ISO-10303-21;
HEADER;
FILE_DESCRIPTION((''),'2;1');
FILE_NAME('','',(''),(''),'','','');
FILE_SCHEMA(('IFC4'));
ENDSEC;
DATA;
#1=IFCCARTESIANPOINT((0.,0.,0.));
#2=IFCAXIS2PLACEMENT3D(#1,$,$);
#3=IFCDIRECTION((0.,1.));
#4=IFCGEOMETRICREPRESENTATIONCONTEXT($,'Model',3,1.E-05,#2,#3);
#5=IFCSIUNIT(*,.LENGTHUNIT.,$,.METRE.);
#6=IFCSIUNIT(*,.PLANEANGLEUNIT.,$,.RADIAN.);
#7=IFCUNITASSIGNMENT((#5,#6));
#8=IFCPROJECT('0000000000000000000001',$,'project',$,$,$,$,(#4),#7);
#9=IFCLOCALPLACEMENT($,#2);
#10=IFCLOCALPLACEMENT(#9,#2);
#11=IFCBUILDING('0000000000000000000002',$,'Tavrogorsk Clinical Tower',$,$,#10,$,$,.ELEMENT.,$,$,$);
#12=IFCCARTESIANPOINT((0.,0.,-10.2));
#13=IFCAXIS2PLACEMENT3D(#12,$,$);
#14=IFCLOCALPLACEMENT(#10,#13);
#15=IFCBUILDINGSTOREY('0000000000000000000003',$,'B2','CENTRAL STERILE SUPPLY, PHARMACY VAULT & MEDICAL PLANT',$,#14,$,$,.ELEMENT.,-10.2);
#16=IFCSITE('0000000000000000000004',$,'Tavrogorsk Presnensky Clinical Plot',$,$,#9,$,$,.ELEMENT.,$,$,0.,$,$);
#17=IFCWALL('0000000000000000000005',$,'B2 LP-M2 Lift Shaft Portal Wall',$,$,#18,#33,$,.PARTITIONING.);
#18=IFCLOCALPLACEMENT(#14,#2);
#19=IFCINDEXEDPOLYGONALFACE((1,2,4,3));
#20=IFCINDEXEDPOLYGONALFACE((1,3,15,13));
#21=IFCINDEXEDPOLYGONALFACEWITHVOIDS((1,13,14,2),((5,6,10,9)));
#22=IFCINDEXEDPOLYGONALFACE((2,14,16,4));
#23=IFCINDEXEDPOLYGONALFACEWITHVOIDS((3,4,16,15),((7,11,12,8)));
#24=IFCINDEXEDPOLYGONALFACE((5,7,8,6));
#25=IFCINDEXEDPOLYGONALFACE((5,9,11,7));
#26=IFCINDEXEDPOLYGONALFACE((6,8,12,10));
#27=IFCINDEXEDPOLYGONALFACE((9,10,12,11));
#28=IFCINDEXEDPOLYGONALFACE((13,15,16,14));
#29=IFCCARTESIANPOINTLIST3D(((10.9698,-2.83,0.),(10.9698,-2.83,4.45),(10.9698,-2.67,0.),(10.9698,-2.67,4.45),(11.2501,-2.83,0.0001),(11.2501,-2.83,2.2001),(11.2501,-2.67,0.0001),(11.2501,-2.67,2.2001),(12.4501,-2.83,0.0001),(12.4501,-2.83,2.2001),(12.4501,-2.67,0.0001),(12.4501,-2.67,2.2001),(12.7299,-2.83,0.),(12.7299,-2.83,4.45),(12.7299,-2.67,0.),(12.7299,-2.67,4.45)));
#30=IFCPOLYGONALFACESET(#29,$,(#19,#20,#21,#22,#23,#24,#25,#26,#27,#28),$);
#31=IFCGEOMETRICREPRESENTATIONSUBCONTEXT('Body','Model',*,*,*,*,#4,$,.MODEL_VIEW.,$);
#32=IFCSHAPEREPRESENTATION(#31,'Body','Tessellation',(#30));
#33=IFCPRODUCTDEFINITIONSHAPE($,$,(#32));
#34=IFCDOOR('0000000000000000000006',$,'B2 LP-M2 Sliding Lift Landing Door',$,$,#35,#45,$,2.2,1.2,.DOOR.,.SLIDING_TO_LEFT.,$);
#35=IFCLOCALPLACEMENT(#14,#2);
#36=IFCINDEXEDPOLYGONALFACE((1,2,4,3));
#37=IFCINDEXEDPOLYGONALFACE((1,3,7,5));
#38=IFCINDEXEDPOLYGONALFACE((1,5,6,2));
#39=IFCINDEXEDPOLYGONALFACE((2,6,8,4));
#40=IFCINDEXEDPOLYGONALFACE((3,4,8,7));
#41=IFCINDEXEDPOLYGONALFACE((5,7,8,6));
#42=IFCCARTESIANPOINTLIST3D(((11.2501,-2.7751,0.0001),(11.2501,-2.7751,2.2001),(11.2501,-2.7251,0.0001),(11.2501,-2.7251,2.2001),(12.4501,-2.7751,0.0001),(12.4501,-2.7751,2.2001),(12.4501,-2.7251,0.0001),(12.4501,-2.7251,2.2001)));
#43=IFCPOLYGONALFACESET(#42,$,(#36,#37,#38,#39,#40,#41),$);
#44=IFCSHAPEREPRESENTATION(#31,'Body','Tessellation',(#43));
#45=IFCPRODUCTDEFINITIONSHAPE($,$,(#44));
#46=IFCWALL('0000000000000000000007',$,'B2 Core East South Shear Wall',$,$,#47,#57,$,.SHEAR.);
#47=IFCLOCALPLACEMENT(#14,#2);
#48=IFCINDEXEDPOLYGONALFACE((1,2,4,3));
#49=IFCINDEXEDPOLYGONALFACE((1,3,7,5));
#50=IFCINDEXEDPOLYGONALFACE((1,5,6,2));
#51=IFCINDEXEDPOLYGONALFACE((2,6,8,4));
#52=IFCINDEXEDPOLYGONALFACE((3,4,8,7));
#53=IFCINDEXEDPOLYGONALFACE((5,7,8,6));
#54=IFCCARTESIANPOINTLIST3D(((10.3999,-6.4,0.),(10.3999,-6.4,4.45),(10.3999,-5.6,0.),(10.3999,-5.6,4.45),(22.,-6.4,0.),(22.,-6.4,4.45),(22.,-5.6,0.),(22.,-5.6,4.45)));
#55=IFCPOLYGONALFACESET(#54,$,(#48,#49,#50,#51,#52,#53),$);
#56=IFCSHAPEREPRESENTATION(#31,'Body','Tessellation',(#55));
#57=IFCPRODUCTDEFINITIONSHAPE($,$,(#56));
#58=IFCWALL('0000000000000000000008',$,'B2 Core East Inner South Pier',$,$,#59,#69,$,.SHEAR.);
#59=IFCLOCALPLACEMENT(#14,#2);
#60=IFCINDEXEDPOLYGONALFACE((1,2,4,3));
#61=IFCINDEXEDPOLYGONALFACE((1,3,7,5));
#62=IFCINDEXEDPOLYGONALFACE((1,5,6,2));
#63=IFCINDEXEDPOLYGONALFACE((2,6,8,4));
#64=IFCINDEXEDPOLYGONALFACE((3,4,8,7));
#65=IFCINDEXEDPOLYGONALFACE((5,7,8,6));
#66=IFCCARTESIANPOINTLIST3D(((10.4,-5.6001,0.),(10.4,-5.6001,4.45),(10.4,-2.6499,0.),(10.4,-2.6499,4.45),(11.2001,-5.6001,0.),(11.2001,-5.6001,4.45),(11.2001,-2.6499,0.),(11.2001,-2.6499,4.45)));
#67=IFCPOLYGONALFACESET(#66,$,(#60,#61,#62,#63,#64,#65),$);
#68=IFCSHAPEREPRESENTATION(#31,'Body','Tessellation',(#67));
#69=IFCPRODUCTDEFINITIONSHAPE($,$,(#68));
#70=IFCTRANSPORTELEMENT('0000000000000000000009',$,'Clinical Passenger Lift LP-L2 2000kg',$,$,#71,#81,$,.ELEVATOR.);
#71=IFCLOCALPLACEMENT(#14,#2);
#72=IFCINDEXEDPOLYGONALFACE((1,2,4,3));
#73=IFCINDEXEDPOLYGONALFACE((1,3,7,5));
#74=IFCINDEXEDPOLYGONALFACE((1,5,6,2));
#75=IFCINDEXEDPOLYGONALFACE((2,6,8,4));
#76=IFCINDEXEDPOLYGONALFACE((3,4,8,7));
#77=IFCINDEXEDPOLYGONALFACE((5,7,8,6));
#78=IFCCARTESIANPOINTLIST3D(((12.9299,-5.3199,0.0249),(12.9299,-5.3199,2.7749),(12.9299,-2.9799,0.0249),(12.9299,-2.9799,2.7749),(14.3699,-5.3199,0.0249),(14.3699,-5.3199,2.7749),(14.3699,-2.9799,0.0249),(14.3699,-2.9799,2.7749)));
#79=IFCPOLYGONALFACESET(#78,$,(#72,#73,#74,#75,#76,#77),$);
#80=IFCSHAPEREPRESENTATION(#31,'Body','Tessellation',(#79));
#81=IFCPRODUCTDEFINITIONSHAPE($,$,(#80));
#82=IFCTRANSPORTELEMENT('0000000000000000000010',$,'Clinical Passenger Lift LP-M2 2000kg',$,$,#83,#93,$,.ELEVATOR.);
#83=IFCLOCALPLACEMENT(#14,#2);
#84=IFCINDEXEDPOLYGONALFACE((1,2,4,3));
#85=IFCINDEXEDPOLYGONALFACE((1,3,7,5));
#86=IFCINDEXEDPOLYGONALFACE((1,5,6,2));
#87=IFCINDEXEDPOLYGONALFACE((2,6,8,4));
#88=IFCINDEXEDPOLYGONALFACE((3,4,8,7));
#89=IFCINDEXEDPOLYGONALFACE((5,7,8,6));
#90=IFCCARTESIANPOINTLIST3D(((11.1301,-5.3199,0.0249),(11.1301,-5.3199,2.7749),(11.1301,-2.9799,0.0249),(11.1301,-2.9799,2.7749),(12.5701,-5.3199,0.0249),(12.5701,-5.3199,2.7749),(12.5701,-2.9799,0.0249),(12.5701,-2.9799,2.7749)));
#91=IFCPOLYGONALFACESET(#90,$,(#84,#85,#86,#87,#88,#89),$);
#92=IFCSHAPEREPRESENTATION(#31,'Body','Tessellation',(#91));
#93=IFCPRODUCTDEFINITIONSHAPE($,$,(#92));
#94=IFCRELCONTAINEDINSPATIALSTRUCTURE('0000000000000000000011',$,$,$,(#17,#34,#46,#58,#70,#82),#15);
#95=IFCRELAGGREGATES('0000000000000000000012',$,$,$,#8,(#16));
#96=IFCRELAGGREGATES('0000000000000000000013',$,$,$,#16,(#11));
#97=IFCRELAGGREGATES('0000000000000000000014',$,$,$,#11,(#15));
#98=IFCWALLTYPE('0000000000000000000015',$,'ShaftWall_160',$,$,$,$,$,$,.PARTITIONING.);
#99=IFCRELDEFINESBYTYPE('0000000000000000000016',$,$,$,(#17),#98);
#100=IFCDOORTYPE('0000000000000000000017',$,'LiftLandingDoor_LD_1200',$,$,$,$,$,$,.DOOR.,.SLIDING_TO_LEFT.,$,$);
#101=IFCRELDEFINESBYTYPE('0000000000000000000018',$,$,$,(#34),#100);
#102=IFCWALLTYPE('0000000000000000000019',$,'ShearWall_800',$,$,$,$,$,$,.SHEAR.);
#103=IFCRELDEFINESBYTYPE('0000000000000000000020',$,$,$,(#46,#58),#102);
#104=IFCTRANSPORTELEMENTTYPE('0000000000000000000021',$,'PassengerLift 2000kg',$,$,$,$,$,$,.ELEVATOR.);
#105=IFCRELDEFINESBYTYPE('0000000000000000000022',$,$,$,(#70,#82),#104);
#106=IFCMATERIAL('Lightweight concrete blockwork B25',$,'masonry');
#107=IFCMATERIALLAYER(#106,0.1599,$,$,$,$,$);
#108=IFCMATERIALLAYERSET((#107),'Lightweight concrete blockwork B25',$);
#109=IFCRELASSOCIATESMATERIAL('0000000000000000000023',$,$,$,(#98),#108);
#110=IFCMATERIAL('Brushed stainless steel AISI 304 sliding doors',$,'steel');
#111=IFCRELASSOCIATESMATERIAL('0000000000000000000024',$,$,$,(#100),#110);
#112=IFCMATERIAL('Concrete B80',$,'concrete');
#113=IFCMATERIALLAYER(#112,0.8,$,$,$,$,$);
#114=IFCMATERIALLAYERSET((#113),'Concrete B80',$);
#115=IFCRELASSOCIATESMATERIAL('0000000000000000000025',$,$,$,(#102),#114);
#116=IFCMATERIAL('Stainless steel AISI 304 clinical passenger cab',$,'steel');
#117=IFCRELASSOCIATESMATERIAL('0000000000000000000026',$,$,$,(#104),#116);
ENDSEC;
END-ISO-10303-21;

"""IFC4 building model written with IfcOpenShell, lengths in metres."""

from ifc_helpers import new_model, si_unit, direction, frame, frame_2d, origin, origin_2d, place, context, subcontext, project, spatial, rectangle, extrude, material, layer, layer_set, type_object, element, fill, save


model = new_model("IFC4")

# Units and contexts
model_context = context("Model", 3, precision=1e-05, world=origin(), true_north=direction((0.0, 1.0)))
body_context = subcontext(model_context, "Body", "Model", "MODEL_VIEW")
ifc_project = project(units=[si_unit("LENGTHUNIT", "METRE"), si_unit("PLANEANGLEUNIT", "RADIAN")], contexts=[model_context])

# Site, building, storey
site_placement = place(None, origin())
site = spatial("IfcSite", under=ifc_project, at=site_placement, Name="Tavrogorsk Presnensky Clinical Plot", CompositionType="ELEMENT", RefElevation=0.0)
building_placement = place(site_placement, origin())
building = spatial("IfcBuilding", under=site, at=building_placement, Name="Tavrogorsk Clinical Tower", CompositionType="ELEMENT")
storey_placement = place(building_placement, frame((0.0, 0.0, -10.2)))
storey = spatial("IfcBuildingStorey", under=building, at=storey_placement, Name="B2", Description="CENTRAL STERILE SUPPLY, PHARMACY VAULT & MEDICAL PLANT", CompositionType="ELEMENT", Elevation=-10.2)

# Shared definitions
ifc_material_1 = material(Name="Lightweight concrete blockwork B25", Category="masonry")
ifc_layer_1 = layer(ifc_material_1, 0.1599)
ifc_layer_set_1 = layer_set([ifc_layer_1], Name="Lightweight concrete blockwork B25")
wall_type_1 = type_object("IfcWallType", Name="ShaftWall_160", PredefinedType="PARTITIONING", material=ifc_layer_set_1)
ifc_material_2 = material(Name="Brushed stainless steel AISI 304 sliding doors", Category="steel")
door_type_1 = type_object("IfcDoorType", Name="LiftLandingDoor_LD_1200", OperationType="SLIDING_TO_LEFT", PredefinedType="DOOR", material=ifc_material_2)

# Wall, opening, door
wall_1_placement = place(storey_placement, frame((10.97, -2.75, 0.0), z_axis=(0.0, 0.0, 1.0), x_axis=(1.0, 0.0, 0.0)))
wall_1 = element("IfcWall", 1, at=wall_1_placement, inside=storey, type_object=wall_type_1, Name="B2 LP-M2 Lift Shaft Portal Wall", PredefinedType="PARTITIONING", context=body_context, shape_type="SweptSolid", body=[
    extrude(rectangle(XDim=1.76, YDim=0.1599, at=frame_2d((0.8799, 0.0))), origin(), (0.0, 0.0, 1.0), 4.45),
])
opening_1_placement = place(wall_1_placement, frame((0.28, 0.0, 0.0)))
opening_1 = element("IfcOpeningElement", 2, at=opening_1_placement, cuts=wall_1, PredefinedType="OPENING", context=body_context, shape_type="SweptSolid", body=[
    extrude(rectangle(XDim=1.2, YDim=2.2, at=frame_2d((0.6001, 1.1001))), frame((0.0, 0.0898, 0.0), z_axis=(0.0, -1.0, 0.0), x_axis=(1.0, 0.0, 0.0)), (0.0, 0.0, 1.0), 0.1799),
])
door_1_placement = place(opening_1_placement, origin())
door_1 = element("IfcDoor", 3, at=door_1_placement, inside=storey, type_object=door_type_1, Name="B2 LP-M2 Sliding Lift Landing Door", OperationType="SLIDING_TO_LEFT", OverallHeight=2.2, OverallWidth=1.2, PredefinedType="DOOR", context=body_context, shape_type="SweptSolid", body=[
    extrude(rectangle(XDim=1.2, YDim=2.2, at=frame_2d((0.6001, 1.1001))), frame((0.0, 0.0249, 0.0), z_axis=(0.0, -1.0, 0.0), x_axis=(1.0, 0.0, 0.0)), (0.0, 0.0, 1.0), 0.05),
])
fill(opening_1, door_1)

# Walls
ifc_material_3 = material(Name="Concrete B80", Category="concrete")
ifc_layer_2 = layer(ifc_material_3, 0.8)
ifc_layer_set_2 = layer_set([ifc_layer_2], Name="Concrete B80")
wall_type_2 = type_object("IfcWallType", Name="ShearWall_800", PredefinedType="SHEAR", material=ifc_layer_set_2)
wall_2_placement = place(storey_placement, frame((10.3999, -6.0, 0.0), z_axis=(0.0, 0.0, 1.0), x_axis=(1.0, 0.0, 0.0)))
element("IfcWall", 4, at=wall_2_placement, inside=storey, type_object=wall_type_2, Name="B2 Core East South Shear Wall", PredefinedType="SHEAR", context=body_context, shape_type="SweptSolid", body=[
    extrude(rectangle(XDim=11.6001, YDim=0.8, at=frame_2d((5.8, 0.0))), origin(), (0.0, 0.0, 1.0), 4.45),
])
wall_3_placement = place(storey_placement, frame((10.8, -5.6001, 0.0), z_axis=(0.0, 0.0, 1.0), x_axis=(0.0, 1.0, 0.0)))
element("IfcWall", 5, at=wall_3_placement, inside=storey, type_object=wall_type_2, Name="B2 Core East Inner South Pier", PredefinedType="SHEAR", context=body_context, shape_type="SweptSolid", body=[
    extrude(rectangle(XDim=2.9502, YDim=0.8, at=frame_2d((1.4751, 0.0))), origin(), (0.0, 0.0, 1.0), 4.45),
])

# Transport elements
ifc_material_4 = material(Name="Stainless steel AISI 304 clinical passenger cab", Category="steel")
transport_element_type = type_object("IfcTransportElementType", Name="PassengerLift 2000kg", PredefinedType="ELEVATOR", material=ifc_material_4)
for number, where, z_axis, x_axis, name in (
    (6, (13.6499, -4.1499, 0.0249), (0.0, 0.0, 1.0), (1.0, 0.0, 0.0), "Clinical Passenger Lift LP-L2 2000kg"),
    (7, (11.8501, -4.1499, 0.0249), (0.0, 0.0, 1.0), (1.0, 0.0, 0.0), "Clinical Passenger Lift LP-M2 2000kg"),
):
    element("IfcTransportElement", number, at=place(storey_placement, frame(where, z_axis=z_axis, x_axis=x_axis)), inside=storey, type_object=transport_element_type, Name=name, PredefinedType="ELEVATOR", context=body_context, shape_type="SweptSolid", body=[
        extrude(rectangle(XDim=1.4399, YDim=2.3401, at=origin_2d()), origin(), (0.0, 0.0, 1.0), 2.75),
    ])

save(model, "model.ifc")
